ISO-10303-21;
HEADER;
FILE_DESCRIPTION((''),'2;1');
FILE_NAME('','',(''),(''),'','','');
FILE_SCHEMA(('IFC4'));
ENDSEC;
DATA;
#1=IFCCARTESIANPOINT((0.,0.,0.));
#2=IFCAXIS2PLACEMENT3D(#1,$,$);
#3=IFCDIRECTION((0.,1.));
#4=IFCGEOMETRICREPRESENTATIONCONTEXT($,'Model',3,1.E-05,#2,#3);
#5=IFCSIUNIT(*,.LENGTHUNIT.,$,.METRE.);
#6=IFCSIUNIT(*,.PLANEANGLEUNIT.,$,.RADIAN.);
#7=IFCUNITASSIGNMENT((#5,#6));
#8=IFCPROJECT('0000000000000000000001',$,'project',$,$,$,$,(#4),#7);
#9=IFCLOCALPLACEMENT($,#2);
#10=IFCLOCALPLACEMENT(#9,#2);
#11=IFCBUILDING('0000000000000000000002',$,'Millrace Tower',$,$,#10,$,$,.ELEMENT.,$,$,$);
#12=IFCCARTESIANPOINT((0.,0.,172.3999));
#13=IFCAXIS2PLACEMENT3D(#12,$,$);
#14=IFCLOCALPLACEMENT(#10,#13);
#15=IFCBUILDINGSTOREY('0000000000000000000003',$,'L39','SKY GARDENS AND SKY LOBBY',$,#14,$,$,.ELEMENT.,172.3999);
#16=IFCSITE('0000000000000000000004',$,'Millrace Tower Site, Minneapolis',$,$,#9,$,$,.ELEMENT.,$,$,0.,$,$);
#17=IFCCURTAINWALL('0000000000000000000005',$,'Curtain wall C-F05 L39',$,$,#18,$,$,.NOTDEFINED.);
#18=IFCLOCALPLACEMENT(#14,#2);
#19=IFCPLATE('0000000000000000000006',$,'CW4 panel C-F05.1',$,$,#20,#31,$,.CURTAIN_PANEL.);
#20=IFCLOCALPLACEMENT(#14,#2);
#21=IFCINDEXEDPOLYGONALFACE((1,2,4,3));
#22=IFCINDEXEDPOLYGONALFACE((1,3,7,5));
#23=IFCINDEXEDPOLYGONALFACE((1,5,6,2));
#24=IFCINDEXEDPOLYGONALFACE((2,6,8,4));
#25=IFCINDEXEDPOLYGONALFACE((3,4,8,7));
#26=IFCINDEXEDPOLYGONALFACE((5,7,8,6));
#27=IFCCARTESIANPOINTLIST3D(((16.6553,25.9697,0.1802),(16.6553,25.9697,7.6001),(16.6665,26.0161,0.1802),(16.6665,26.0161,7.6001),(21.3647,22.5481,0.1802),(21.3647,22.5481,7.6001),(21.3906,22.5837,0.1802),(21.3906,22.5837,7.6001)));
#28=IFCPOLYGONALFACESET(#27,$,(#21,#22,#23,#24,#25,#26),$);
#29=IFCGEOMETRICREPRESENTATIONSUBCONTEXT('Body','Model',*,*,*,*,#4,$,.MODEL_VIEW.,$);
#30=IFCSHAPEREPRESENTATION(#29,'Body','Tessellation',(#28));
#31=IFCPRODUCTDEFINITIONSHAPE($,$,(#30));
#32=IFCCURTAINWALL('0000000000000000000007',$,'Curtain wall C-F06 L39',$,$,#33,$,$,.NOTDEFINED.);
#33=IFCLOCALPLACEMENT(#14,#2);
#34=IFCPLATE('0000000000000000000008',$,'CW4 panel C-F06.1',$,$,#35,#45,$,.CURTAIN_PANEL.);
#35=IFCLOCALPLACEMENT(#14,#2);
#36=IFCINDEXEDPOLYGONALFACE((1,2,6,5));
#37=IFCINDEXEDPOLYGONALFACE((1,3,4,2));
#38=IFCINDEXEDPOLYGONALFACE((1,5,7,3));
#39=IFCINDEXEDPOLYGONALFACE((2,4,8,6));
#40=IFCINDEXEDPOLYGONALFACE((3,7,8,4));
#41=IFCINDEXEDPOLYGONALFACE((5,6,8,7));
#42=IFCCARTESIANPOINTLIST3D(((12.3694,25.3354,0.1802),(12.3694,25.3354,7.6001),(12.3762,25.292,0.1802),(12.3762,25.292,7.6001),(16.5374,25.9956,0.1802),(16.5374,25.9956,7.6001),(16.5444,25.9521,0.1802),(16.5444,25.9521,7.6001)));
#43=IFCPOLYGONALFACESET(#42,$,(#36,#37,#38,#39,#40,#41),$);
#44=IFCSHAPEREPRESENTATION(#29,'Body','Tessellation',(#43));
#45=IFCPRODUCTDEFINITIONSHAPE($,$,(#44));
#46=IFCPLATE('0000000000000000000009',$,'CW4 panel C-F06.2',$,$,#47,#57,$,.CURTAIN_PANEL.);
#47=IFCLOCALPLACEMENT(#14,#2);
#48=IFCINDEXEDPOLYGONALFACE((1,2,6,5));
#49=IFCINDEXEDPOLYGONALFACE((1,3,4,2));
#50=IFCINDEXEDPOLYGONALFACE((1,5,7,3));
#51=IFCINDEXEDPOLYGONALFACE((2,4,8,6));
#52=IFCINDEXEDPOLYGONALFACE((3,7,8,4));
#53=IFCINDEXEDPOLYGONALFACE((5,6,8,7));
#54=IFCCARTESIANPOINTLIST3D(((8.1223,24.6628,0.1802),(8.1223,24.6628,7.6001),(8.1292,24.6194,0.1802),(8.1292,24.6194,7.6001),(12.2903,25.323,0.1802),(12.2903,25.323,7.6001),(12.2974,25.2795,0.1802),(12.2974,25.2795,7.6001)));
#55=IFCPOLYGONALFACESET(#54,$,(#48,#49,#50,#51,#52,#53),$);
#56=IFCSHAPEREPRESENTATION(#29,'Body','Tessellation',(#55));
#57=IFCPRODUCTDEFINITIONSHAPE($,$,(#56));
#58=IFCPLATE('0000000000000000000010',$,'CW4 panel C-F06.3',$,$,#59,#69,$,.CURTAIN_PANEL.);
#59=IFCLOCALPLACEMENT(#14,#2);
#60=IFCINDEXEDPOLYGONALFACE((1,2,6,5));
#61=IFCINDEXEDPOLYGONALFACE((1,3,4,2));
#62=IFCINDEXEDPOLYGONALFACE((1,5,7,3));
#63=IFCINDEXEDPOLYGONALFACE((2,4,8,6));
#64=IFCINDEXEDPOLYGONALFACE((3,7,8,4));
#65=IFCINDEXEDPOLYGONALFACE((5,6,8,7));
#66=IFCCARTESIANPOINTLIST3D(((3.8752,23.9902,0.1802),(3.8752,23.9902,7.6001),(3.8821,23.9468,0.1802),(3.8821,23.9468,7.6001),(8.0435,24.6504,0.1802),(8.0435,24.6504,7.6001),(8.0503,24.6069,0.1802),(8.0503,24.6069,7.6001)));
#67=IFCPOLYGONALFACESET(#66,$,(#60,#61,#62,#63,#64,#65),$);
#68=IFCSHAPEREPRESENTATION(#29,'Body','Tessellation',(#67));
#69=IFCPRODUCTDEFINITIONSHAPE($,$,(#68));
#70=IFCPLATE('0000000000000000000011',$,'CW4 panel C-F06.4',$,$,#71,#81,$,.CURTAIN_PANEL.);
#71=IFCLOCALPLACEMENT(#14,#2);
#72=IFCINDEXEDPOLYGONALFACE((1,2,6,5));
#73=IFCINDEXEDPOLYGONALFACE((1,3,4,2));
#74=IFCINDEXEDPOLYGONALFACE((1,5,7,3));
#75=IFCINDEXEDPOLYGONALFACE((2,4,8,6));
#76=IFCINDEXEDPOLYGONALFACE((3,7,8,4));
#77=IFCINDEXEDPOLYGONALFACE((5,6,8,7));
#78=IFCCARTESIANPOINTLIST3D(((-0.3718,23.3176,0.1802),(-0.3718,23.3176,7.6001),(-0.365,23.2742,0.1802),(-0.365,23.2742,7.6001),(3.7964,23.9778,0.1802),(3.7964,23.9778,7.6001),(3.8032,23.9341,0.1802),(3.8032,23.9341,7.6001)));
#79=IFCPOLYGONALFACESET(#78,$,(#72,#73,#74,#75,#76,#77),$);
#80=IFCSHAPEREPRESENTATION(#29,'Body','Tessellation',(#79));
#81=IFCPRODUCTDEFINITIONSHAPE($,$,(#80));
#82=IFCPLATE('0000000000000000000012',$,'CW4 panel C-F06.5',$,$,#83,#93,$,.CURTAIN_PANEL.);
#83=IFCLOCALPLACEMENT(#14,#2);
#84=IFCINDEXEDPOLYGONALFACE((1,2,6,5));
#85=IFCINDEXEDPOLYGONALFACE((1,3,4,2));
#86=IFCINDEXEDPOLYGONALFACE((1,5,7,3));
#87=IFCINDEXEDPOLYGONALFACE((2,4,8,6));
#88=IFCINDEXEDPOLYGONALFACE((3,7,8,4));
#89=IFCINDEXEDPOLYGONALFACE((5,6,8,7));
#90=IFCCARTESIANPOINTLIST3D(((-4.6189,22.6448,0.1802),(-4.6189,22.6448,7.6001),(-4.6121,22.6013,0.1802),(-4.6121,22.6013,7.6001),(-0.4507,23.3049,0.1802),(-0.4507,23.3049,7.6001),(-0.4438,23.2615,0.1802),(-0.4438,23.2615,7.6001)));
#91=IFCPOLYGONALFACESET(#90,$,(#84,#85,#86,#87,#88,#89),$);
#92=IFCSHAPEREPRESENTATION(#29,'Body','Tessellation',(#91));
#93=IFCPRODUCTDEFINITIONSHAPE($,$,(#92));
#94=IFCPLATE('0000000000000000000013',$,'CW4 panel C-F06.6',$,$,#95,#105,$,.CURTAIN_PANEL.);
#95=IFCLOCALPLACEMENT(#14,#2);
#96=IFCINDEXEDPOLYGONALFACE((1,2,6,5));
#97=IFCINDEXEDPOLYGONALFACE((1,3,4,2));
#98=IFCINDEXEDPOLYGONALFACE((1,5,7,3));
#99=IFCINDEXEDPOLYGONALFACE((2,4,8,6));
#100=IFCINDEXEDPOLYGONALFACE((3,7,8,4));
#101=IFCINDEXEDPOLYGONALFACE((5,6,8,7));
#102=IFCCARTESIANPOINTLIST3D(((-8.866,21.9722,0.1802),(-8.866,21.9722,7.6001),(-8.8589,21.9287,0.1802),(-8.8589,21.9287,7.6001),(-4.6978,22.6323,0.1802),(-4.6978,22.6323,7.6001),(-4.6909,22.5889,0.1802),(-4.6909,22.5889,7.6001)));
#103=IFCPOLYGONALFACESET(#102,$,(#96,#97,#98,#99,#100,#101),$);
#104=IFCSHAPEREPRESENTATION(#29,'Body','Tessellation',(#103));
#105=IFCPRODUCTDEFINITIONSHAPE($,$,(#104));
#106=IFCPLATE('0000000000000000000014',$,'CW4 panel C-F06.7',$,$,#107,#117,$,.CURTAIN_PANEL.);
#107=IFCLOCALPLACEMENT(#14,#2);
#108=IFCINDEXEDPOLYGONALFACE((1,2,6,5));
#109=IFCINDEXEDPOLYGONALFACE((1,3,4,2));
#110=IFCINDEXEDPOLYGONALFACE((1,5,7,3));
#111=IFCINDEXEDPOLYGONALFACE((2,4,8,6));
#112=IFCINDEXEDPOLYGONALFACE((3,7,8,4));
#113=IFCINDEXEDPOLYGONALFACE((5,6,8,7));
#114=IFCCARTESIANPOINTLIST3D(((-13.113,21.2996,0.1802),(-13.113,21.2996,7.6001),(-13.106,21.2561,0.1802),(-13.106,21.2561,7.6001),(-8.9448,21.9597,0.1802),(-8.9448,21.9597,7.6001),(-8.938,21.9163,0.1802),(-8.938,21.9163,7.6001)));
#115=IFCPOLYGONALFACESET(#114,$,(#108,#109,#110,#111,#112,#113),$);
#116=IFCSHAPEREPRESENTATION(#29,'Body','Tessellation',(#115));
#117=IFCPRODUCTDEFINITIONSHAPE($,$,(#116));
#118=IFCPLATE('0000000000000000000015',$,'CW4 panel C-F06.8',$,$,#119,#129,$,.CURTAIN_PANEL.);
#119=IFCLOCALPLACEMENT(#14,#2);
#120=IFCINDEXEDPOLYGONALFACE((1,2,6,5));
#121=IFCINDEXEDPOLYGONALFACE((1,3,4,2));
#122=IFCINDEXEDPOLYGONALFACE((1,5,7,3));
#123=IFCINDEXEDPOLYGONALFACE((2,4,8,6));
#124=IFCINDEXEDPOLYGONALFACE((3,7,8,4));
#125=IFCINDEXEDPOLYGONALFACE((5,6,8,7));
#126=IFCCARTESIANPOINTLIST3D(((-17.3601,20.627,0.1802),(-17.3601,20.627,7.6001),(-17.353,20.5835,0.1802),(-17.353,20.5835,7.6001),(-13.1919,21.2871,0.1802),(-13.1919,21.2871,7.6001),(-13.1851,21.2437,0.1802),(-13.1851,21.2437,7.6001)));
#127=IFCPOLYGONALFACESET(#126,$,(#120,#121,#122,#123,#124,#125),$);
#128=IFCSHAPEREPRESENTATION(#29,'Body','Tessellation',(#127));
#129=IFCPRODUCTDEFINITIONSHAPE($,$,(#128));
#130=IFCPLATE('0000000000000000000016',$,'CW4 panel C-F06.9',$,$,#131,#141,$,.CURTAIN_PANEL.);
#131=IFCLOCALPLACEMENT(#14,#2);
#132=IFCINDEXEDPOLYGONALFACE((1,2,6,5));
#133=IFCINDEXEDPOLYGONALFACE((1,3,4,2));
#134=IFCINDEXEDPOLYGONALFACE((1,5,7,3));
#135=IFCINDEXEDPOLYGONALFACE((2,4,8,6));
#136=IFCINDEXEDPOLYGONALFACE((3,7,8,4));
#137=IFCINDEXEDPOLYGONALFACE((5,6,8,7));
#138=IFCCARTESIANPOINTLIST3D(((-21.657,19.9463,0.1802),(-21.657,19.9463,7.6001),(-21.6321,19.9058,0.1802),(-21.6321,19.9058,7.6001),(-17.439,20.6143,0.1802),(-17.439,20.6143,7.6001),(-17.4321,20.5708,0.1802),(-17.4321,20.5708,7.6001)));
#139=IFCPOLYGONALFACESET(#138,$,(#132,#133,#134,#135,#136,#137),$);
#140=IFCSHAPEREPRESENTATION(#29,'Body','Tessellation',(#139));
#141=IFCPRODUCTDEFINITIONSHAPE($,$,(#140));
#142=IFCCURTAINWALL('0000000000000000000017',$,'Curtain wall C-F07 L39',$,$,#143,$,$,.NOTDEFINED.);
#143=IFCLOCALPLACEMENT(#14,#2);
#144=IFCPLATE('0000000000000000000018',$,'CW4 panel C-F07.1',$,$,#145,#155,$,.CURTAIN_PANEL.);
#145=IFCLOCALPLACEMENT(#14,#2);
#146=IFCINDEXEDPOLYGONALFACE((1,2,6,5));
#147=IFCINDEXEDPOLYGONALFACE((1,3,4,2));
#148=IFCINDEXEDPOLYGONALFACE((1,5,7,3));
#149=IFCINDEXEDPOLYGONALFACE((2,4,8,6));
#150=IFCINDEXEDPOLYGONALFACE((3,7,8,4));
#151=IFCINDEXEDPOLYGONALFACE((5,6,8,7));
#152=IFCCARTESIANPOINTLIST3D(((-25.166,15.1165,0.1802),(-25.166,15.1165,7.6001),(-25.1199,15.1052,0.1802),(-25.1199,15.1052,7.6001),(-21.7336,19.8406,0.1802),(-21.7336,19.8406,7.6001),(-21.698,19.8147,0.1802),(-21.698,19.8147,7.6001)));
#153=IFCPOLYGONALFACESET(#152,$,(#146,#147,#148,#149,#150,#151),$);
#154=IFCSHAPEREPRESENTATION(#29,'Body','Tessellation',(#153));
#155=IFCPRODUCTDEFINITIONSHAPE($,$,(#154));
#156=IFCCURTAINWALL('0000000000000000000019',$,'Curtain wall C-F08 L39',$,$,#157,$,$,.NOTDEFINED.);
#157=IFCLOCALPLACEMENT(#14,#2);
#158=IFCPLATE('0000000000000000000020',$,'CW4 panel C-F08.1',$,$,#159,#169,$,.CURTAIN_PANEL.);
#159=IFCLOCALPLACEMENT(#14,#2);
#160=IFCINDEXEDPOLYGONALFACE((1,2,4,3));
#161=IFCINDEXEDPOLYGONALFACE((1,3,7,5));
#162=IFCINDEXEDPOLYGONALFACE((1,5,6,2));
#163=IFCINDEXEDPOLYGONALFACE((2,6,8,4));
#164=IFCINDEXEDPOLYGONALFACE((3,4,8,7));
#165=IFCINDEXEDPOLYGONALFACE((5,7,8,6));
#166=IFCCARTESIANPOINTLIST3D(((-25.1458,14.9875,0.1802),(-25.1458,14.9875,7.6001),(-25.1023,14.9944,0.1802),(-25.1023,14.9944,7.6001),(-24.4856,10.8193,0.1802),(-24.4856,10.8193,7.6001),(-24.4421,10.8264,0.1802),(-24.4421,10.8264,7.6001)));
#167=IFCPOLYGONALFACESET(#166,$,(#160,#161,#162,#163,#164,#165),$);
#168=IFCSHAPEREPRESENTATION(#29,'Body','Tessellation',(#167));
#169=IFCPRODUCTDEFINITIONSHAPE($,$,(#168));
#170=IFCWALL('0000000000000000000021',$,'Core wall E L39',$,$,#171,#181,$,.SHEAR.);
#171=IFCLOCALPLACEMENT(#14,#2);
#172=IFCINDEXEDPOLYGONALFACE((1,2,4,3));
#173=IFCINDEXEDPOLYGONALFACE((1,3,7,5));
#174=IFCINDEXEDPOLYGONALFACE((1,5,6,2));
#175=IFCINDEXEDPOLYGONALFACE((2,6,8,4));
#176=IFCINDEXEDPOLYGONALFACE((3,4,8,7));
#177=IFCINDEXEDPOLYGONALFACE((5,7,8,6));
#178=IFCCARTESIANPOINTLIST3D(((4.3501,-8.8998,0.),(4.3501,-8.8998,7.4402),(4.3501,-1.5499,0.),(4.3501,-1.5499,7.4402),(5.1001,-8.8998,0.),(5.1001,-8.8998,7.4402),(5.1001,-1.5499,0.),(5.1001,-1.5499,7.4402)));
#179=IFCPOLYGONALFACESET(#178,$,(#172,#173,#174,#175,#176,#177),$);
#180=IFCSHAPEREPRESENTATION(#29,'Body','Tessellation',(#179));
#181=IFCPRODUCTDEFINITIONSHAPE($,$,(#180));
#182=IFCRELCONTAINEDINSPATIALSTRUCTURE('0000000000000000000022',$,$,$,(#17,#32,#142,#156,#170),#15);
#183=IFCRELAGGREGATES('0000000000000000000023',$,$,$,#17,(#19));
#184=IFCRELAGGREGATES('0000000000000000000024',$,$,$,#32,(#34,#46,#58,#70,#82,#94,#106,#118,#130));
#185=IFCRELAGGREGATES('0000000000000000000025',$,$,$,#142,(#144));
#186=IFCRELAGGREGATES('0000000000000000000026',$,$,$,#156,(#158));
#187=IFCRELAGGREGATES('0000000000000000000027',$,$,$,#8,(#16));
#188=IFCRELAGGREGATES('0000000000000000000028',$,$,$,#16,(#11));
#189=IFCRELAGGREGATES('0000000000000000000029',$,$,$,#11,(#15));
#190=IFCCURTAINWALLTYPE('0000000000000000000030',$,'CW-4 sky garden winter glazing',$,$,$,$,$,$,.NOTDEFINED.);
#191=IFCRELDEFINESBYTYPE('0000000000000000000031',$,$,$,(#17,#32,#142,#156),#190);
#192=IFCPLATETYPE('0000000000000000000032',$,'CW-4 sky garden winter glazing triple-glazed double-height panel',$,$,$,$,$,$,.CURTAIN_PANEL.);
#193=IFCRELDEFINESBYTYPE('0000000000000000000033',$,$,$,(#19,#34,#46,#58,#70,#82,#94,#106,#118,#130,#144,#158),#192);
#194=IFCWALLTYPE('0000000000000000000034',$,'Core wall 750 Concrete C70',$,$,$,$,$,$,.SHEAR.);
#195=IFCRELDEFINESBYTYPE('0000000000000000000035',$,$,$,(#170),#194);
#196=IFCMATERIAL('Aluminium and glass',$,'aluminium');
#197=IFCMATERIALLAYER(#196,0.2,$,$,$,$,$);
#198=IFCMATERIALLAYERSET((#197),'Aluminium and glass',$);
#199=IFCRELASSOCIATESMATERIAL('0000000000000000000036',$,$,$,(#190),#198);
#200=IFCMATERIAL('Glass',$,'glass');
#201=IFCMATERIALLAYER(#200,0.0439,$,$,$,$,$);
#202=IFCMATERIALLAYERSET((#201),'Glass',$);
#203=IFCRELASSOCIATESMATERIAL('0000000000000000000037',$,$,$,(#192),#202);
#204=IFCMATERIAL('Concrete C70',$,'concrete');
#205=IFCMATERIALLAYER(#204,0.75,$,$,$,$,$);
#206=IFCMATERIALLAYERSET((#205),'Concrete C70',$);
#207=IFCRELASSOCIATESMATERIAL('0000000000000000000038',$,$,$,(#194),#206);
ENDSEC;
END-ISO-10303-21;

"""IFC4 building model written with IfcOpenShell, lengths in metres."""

from ifc_helpers import new_model, si_unit, direction, frame, frame_2d, origin, place, context, subcontext, project, spatial, polyline, rectangle, outline, extrude, material, layer, layer_set, type_object, element, aggregate, save


model = new_model("IFC4")

# Units and contexts
model_context = context("Model", 3, precision=1e-05, world=origin(), true_north=direction((0.0, 1.0)))
body_context = subcontext(model_context, "Body", "Model", "MODEL_VIEW")
ifc_project = project(units=[si_unit("LENGTHUNIT", "METRE"), si_unit("PLANEANGLEUNIT", "RADIAN")], contexts=[model_context])

# Site, building, storey
site_placement = place(None, origin())
site = spatial("IfcSite", under=ifc_project, at=site_placement, Name="Millrace Tower Site, Minneapolis", CompositionType="ELEMENT", RefElevation=0.0)
building_placement = place(site_placement, origin())
building = spatial("IfcBuilding", under=site, at=building_placement, Name="Millrace Tower", CompositionType="ELEMENT")
storey_placement = place(building_placement, frame((0.0, 0.0, 172.3999)))
storey = spatial("IfcBuildingStorey", under=building, at=storey_placement, Name="L39", Description="SKY GARDENS AND SKY LOBBY", CompositionType="ELEMENT", Elevation=172.3999)

# Curtain wall, plate
ifc_material_1 = material(Name="Aluminium and glass", Category="aluminium")
ifc_layer_1 = layer(ifc_material_1, 0.2)
ifc_layer_set_1 = layer_set([ifc_layer_1], Name="Aluminium and glass")
curtain_wall_type = type_object("IfcCurtainWallType", Name="CW-4 sky garden winter glazing", PredefinedType="NOTDEFINED", material=ifc_layer_set_1)
placement_1 = place(storey_placement, origin())
curtain_wall_1 = element("IfcCurtainWall", 1, at=placement_1, inside=storey, type_object=curtain_wall_type, Name="Curtain wall C-F05 L39", PredefinedType="NOTDEFINED")
ifc_material_2 = material(Name="Glass", Category="glass")
ifc_layer_2 = layer(ifc_material_2, 0.0439)
ifc_layer_set_2 = layer_set([ifc_layer_2], Name="Glass")
plate_type = type_object("IfcPlateType", Name="CW-4 sky garden winter glazing triple-glazed double-height panel", PredefinedType="CURTAIN_PANEL", material=ifc_layer_set_2)
placement_2 = place(storey_placement, frame((0.0, 0.0, 0.1802)))
plate_1 = element("IfcPlate", 2, at=placement_2, type_object=plate_type, Name="CW4 panel C-F05.1", PredefinedType="CURTAIN_PANEL", context=body_context, shape_type="SweptSolid", body=[
    extrude(outline(polyline([(21.3906, 22.5837), (16.6665, 26.0161), (16.6553, 25.9697), (21.3647, 22.5481), (21.3906, 22.5837)])), origin(), (0.0, 0.0, 1.0), 7.4199),
])
aggregate(curtain_wall_1, [plate_1])

# Curtain wall, plates
curtain_wall_2 = element("IfcCurtainWall", 3, at=placement_1, inside=storey, type_object=curtain_wall_type, Name="Curtain wall C-F06 L39", PredefinedType="NOTDEFINED")
plate_2 = element("IfcPlate", 4, at=placement_2, type_object=plate_type, Name="CW4 panel C-F06.1", PredefinedType="CURTAIN_PANEL", context=body_context, shape_type="SweptSolid", body=[
    extrude(outline(polyline([(16.5374, 25.9956), (12.3694, 25.3354), (12.3762, 25.292), (16.5444, 25.9521), (16.5374, 25.9956)])), origin(), (0.0, 0.0, 1.0), 7.4199),
])
plate_3 = element("IfcPlate", 5, at=placement_2, type_object=plate_type, Name="CW4 panel C-F06.2", PredefinedType="CURTAIN_PANEL", context=body_context, shape_type="SweptSolid", body=[
    extrude(outline(polyline([(12.2903, 25.323), (8.1223, 24.6628), (8.1292, 24.6194), (12.2974, 25.2795), (12.2903, 25.323)])), origin(), (0.0, 0.0, 1.0), 7.4199),
])
plate_4 = element("IfcPlate", 6, at=placement_2, type_object=plate_type, Name="CW4 panel C-F06.3", PredefinedType="CURTAIN_PANEL", context=body_context, shape_type="SweptSolid", body=[
    extrude(outline(polyline([(8.0435, 24.6504), (3.8752, 23.9902), (3.8821, 23.9468), (8.0503, 24.6069), (8.0435, 24.6504)])), origin(), (0.0, 0.0, 1.0), 7.4199),
])
plate_5 = element("IfcPlate", 7, at=placement_2, type_object=plate_type, Name="CW4 panel C-F06.4", PredefinedType="CURTAIN_PANEL", context=body_context, shape_type="SweptSolid", body=[
    extrude(outline(polyline([(3.7964, 23.9778), (-0.3718, 23.3176), (-0.365, 23.2742), (3.8032, 23.9341), (3.7964, 23.9778)])), origin(), (0.0, 0.0, 1.0), 7.4199),
])
plate_6 = element("IfcPlate", 8, at=placement_2, type_object=plate_type, Name="CW4 panel C-F06.5", PredefinedType="CURTAIN_PANEL", context=body_context, shape_type="SweptSolid", body=[
    extrude(outline(polyline([(-0.4507, 23.3049), (-4.6189, 22.6448), (-4.6121, 22.6013), (-0.4438, 23.2615), (-0.4507, 23.3049)])), origin(), (0.0, 0.0, 1.0), 7.4199),
])
plate_7 = element("IfcPlate", 9, at=placement_2, type_object=plate_type, Name="CW4 panel C-F06.6", PredefinedType="CURTAIN_PANEL", context=body_context, shape_type="SweptSolid", body=[
    extrude(outline(polyline([(-4.6978, 22.6323), (-8.866, 21.9722), (-8.8589, 21.9287), (-4.6909, 22.5889), (-4.6978, 22.6323)])), origin(), (0.0, 0.0, 1.0), 7.4199),
])
plate_8 = element("IfcPlate", 10, at=placement_2, type_object=plate_type, Name="CW4 panel C-F06.7", PredefinedType="CURTAIN_PANEL", context=body_context, shape_type="SweptSolid", body=[
    extrude(outline(polyline([(-8.9448, 21.9597), (-13.113, 21.2996), (-13.106, 21.2561), (-8.938, 21.9163), (-8.9448, 21.9597)])), origin(), (0.0, 0.0, 1.0), 7.4199),
])
plate_9 = element("IfcPlate", 11, at=placement_2, type_object=plate_type, Name="CW4 panel C-F06.8", PredefinedType="CURTAIN_PANEL", context=body_context, shape_type="SweptSolid", body=[
    extrude(outline(polyline([(-13.1919, 21.2871), (-17.3601, 20.627), (-17.353, 20.5835), (-13.1851, 21.2437), (-13.1919, 21.2871)])), origin(), (0.0, 0.0, 1.0), 7.4199),
])
plate_10 = element("IfcPlate", 12, at=placement_2, type_object=plate_type, Name="CW4 panel C-F06.9", PredefinedType="CURTAIN_PANEL", context=body_context, shape_type="SweptSolid", body=[
    extrude(outline(polyline([(-17.439, 20.6143), (-21.657, 19.9463), (-21.6321, 19.9058), (-17.4321, 20.5708), (-17.439, 20.6143)])), origin(), (0.0, 0.0, 1.0), 7.4199),
])
aggregate(curtain_wall_2, [plate_2, plate_3, plate_4, plate_5, plate_6, plate_7, plate_8, plate_9, plate_10])

# Curtain walls, plates
curtain_wall_3 = element("IfcCurtainWall", 13, at=placement_1, inside=storey, type_object=curtain_wall_type, Name="Curtain wall C-F07 L39", PredefinedType="NOTDEFINED")
plate_11 = element("IfcPlate", 14, at=placement_2, type_object=plate_type, Name="CW4 panel C-F07.1", PredefinedType="CURTAIN_PANEL", context=body_context, shape_type="SweptSolid", body=[
    extrude(outline(polyline([(-21.7336, 19.8406), (-25.166, 15.1165), (-25.1199, 15.1052), (-21.698, 19.8147), (-21.7336, 19.8406)])), origin(), (0.0, 0.0, 1.0), 7.4199),
])
aggregate(curtain_wall_3, [plate_11])
curtain_wall_4 = element("IfcCurtainWall", 15, at=placement_1, inside=storey, type_object=curtain_wall_type, Name="Curtain wall C-F08 L39", PredefinedType="NOTDEFINED")
plate_12 = element("IfcPlate", 16, at=placement_2, type_object=plate_type, Name="CW4 panel C-F08.1", PredefinedType="CURTAIN_PANEL", context=body_context, shape_type="SweptSolid", body=[
    extrude(outline(polyline([(-25.1458, 14.9875), (-24.4856, 10.8193), (-24.4421, 10.8264), (-25.1023, 14.9944), (-25.1458, 14.9875)])), origin(), (0.0, 0.0, 1.0), 7.4199),
])
aggregate(curtain_wall_4, [plate_12])

# Wall
ifc_material_3 = material(Name="Concrete C70", Category="concrete")
ifc_layer_3 = layer(ifc_material_3, 0.75)
ifc_layer_set_3 = layer_set([ifc_layer_3], Name="Concrete C70")
wall_type_1 = type_object("IfcWallType", Name="Core wall 750 Concrete C70", PredefinedType="SHEAR", material=ifc_layer_set_3)
wall_1_placement = place(storey_placement, frame((4.7251, -1.55, 0.0), z_axis=(0.0, 0.0, 1.0), x_axis=(0.0, -1.0, 0.0)))
element("IfcWall", 17, at=wall_1_placement, inside=storey, type_object=wall_type_1, Name="Core wall E L39", PredefinedType="SHEAR", context=body_context, shape_type="SweptSolid", body=[
    extrude(rectangle(XDim=7.3499, YDim=0.75, at=frame_2d((3.6748, 0.0))), origin(), (0.0, 0.0, 1.0), 7.4402),
])

save(model, "model.ifc")
